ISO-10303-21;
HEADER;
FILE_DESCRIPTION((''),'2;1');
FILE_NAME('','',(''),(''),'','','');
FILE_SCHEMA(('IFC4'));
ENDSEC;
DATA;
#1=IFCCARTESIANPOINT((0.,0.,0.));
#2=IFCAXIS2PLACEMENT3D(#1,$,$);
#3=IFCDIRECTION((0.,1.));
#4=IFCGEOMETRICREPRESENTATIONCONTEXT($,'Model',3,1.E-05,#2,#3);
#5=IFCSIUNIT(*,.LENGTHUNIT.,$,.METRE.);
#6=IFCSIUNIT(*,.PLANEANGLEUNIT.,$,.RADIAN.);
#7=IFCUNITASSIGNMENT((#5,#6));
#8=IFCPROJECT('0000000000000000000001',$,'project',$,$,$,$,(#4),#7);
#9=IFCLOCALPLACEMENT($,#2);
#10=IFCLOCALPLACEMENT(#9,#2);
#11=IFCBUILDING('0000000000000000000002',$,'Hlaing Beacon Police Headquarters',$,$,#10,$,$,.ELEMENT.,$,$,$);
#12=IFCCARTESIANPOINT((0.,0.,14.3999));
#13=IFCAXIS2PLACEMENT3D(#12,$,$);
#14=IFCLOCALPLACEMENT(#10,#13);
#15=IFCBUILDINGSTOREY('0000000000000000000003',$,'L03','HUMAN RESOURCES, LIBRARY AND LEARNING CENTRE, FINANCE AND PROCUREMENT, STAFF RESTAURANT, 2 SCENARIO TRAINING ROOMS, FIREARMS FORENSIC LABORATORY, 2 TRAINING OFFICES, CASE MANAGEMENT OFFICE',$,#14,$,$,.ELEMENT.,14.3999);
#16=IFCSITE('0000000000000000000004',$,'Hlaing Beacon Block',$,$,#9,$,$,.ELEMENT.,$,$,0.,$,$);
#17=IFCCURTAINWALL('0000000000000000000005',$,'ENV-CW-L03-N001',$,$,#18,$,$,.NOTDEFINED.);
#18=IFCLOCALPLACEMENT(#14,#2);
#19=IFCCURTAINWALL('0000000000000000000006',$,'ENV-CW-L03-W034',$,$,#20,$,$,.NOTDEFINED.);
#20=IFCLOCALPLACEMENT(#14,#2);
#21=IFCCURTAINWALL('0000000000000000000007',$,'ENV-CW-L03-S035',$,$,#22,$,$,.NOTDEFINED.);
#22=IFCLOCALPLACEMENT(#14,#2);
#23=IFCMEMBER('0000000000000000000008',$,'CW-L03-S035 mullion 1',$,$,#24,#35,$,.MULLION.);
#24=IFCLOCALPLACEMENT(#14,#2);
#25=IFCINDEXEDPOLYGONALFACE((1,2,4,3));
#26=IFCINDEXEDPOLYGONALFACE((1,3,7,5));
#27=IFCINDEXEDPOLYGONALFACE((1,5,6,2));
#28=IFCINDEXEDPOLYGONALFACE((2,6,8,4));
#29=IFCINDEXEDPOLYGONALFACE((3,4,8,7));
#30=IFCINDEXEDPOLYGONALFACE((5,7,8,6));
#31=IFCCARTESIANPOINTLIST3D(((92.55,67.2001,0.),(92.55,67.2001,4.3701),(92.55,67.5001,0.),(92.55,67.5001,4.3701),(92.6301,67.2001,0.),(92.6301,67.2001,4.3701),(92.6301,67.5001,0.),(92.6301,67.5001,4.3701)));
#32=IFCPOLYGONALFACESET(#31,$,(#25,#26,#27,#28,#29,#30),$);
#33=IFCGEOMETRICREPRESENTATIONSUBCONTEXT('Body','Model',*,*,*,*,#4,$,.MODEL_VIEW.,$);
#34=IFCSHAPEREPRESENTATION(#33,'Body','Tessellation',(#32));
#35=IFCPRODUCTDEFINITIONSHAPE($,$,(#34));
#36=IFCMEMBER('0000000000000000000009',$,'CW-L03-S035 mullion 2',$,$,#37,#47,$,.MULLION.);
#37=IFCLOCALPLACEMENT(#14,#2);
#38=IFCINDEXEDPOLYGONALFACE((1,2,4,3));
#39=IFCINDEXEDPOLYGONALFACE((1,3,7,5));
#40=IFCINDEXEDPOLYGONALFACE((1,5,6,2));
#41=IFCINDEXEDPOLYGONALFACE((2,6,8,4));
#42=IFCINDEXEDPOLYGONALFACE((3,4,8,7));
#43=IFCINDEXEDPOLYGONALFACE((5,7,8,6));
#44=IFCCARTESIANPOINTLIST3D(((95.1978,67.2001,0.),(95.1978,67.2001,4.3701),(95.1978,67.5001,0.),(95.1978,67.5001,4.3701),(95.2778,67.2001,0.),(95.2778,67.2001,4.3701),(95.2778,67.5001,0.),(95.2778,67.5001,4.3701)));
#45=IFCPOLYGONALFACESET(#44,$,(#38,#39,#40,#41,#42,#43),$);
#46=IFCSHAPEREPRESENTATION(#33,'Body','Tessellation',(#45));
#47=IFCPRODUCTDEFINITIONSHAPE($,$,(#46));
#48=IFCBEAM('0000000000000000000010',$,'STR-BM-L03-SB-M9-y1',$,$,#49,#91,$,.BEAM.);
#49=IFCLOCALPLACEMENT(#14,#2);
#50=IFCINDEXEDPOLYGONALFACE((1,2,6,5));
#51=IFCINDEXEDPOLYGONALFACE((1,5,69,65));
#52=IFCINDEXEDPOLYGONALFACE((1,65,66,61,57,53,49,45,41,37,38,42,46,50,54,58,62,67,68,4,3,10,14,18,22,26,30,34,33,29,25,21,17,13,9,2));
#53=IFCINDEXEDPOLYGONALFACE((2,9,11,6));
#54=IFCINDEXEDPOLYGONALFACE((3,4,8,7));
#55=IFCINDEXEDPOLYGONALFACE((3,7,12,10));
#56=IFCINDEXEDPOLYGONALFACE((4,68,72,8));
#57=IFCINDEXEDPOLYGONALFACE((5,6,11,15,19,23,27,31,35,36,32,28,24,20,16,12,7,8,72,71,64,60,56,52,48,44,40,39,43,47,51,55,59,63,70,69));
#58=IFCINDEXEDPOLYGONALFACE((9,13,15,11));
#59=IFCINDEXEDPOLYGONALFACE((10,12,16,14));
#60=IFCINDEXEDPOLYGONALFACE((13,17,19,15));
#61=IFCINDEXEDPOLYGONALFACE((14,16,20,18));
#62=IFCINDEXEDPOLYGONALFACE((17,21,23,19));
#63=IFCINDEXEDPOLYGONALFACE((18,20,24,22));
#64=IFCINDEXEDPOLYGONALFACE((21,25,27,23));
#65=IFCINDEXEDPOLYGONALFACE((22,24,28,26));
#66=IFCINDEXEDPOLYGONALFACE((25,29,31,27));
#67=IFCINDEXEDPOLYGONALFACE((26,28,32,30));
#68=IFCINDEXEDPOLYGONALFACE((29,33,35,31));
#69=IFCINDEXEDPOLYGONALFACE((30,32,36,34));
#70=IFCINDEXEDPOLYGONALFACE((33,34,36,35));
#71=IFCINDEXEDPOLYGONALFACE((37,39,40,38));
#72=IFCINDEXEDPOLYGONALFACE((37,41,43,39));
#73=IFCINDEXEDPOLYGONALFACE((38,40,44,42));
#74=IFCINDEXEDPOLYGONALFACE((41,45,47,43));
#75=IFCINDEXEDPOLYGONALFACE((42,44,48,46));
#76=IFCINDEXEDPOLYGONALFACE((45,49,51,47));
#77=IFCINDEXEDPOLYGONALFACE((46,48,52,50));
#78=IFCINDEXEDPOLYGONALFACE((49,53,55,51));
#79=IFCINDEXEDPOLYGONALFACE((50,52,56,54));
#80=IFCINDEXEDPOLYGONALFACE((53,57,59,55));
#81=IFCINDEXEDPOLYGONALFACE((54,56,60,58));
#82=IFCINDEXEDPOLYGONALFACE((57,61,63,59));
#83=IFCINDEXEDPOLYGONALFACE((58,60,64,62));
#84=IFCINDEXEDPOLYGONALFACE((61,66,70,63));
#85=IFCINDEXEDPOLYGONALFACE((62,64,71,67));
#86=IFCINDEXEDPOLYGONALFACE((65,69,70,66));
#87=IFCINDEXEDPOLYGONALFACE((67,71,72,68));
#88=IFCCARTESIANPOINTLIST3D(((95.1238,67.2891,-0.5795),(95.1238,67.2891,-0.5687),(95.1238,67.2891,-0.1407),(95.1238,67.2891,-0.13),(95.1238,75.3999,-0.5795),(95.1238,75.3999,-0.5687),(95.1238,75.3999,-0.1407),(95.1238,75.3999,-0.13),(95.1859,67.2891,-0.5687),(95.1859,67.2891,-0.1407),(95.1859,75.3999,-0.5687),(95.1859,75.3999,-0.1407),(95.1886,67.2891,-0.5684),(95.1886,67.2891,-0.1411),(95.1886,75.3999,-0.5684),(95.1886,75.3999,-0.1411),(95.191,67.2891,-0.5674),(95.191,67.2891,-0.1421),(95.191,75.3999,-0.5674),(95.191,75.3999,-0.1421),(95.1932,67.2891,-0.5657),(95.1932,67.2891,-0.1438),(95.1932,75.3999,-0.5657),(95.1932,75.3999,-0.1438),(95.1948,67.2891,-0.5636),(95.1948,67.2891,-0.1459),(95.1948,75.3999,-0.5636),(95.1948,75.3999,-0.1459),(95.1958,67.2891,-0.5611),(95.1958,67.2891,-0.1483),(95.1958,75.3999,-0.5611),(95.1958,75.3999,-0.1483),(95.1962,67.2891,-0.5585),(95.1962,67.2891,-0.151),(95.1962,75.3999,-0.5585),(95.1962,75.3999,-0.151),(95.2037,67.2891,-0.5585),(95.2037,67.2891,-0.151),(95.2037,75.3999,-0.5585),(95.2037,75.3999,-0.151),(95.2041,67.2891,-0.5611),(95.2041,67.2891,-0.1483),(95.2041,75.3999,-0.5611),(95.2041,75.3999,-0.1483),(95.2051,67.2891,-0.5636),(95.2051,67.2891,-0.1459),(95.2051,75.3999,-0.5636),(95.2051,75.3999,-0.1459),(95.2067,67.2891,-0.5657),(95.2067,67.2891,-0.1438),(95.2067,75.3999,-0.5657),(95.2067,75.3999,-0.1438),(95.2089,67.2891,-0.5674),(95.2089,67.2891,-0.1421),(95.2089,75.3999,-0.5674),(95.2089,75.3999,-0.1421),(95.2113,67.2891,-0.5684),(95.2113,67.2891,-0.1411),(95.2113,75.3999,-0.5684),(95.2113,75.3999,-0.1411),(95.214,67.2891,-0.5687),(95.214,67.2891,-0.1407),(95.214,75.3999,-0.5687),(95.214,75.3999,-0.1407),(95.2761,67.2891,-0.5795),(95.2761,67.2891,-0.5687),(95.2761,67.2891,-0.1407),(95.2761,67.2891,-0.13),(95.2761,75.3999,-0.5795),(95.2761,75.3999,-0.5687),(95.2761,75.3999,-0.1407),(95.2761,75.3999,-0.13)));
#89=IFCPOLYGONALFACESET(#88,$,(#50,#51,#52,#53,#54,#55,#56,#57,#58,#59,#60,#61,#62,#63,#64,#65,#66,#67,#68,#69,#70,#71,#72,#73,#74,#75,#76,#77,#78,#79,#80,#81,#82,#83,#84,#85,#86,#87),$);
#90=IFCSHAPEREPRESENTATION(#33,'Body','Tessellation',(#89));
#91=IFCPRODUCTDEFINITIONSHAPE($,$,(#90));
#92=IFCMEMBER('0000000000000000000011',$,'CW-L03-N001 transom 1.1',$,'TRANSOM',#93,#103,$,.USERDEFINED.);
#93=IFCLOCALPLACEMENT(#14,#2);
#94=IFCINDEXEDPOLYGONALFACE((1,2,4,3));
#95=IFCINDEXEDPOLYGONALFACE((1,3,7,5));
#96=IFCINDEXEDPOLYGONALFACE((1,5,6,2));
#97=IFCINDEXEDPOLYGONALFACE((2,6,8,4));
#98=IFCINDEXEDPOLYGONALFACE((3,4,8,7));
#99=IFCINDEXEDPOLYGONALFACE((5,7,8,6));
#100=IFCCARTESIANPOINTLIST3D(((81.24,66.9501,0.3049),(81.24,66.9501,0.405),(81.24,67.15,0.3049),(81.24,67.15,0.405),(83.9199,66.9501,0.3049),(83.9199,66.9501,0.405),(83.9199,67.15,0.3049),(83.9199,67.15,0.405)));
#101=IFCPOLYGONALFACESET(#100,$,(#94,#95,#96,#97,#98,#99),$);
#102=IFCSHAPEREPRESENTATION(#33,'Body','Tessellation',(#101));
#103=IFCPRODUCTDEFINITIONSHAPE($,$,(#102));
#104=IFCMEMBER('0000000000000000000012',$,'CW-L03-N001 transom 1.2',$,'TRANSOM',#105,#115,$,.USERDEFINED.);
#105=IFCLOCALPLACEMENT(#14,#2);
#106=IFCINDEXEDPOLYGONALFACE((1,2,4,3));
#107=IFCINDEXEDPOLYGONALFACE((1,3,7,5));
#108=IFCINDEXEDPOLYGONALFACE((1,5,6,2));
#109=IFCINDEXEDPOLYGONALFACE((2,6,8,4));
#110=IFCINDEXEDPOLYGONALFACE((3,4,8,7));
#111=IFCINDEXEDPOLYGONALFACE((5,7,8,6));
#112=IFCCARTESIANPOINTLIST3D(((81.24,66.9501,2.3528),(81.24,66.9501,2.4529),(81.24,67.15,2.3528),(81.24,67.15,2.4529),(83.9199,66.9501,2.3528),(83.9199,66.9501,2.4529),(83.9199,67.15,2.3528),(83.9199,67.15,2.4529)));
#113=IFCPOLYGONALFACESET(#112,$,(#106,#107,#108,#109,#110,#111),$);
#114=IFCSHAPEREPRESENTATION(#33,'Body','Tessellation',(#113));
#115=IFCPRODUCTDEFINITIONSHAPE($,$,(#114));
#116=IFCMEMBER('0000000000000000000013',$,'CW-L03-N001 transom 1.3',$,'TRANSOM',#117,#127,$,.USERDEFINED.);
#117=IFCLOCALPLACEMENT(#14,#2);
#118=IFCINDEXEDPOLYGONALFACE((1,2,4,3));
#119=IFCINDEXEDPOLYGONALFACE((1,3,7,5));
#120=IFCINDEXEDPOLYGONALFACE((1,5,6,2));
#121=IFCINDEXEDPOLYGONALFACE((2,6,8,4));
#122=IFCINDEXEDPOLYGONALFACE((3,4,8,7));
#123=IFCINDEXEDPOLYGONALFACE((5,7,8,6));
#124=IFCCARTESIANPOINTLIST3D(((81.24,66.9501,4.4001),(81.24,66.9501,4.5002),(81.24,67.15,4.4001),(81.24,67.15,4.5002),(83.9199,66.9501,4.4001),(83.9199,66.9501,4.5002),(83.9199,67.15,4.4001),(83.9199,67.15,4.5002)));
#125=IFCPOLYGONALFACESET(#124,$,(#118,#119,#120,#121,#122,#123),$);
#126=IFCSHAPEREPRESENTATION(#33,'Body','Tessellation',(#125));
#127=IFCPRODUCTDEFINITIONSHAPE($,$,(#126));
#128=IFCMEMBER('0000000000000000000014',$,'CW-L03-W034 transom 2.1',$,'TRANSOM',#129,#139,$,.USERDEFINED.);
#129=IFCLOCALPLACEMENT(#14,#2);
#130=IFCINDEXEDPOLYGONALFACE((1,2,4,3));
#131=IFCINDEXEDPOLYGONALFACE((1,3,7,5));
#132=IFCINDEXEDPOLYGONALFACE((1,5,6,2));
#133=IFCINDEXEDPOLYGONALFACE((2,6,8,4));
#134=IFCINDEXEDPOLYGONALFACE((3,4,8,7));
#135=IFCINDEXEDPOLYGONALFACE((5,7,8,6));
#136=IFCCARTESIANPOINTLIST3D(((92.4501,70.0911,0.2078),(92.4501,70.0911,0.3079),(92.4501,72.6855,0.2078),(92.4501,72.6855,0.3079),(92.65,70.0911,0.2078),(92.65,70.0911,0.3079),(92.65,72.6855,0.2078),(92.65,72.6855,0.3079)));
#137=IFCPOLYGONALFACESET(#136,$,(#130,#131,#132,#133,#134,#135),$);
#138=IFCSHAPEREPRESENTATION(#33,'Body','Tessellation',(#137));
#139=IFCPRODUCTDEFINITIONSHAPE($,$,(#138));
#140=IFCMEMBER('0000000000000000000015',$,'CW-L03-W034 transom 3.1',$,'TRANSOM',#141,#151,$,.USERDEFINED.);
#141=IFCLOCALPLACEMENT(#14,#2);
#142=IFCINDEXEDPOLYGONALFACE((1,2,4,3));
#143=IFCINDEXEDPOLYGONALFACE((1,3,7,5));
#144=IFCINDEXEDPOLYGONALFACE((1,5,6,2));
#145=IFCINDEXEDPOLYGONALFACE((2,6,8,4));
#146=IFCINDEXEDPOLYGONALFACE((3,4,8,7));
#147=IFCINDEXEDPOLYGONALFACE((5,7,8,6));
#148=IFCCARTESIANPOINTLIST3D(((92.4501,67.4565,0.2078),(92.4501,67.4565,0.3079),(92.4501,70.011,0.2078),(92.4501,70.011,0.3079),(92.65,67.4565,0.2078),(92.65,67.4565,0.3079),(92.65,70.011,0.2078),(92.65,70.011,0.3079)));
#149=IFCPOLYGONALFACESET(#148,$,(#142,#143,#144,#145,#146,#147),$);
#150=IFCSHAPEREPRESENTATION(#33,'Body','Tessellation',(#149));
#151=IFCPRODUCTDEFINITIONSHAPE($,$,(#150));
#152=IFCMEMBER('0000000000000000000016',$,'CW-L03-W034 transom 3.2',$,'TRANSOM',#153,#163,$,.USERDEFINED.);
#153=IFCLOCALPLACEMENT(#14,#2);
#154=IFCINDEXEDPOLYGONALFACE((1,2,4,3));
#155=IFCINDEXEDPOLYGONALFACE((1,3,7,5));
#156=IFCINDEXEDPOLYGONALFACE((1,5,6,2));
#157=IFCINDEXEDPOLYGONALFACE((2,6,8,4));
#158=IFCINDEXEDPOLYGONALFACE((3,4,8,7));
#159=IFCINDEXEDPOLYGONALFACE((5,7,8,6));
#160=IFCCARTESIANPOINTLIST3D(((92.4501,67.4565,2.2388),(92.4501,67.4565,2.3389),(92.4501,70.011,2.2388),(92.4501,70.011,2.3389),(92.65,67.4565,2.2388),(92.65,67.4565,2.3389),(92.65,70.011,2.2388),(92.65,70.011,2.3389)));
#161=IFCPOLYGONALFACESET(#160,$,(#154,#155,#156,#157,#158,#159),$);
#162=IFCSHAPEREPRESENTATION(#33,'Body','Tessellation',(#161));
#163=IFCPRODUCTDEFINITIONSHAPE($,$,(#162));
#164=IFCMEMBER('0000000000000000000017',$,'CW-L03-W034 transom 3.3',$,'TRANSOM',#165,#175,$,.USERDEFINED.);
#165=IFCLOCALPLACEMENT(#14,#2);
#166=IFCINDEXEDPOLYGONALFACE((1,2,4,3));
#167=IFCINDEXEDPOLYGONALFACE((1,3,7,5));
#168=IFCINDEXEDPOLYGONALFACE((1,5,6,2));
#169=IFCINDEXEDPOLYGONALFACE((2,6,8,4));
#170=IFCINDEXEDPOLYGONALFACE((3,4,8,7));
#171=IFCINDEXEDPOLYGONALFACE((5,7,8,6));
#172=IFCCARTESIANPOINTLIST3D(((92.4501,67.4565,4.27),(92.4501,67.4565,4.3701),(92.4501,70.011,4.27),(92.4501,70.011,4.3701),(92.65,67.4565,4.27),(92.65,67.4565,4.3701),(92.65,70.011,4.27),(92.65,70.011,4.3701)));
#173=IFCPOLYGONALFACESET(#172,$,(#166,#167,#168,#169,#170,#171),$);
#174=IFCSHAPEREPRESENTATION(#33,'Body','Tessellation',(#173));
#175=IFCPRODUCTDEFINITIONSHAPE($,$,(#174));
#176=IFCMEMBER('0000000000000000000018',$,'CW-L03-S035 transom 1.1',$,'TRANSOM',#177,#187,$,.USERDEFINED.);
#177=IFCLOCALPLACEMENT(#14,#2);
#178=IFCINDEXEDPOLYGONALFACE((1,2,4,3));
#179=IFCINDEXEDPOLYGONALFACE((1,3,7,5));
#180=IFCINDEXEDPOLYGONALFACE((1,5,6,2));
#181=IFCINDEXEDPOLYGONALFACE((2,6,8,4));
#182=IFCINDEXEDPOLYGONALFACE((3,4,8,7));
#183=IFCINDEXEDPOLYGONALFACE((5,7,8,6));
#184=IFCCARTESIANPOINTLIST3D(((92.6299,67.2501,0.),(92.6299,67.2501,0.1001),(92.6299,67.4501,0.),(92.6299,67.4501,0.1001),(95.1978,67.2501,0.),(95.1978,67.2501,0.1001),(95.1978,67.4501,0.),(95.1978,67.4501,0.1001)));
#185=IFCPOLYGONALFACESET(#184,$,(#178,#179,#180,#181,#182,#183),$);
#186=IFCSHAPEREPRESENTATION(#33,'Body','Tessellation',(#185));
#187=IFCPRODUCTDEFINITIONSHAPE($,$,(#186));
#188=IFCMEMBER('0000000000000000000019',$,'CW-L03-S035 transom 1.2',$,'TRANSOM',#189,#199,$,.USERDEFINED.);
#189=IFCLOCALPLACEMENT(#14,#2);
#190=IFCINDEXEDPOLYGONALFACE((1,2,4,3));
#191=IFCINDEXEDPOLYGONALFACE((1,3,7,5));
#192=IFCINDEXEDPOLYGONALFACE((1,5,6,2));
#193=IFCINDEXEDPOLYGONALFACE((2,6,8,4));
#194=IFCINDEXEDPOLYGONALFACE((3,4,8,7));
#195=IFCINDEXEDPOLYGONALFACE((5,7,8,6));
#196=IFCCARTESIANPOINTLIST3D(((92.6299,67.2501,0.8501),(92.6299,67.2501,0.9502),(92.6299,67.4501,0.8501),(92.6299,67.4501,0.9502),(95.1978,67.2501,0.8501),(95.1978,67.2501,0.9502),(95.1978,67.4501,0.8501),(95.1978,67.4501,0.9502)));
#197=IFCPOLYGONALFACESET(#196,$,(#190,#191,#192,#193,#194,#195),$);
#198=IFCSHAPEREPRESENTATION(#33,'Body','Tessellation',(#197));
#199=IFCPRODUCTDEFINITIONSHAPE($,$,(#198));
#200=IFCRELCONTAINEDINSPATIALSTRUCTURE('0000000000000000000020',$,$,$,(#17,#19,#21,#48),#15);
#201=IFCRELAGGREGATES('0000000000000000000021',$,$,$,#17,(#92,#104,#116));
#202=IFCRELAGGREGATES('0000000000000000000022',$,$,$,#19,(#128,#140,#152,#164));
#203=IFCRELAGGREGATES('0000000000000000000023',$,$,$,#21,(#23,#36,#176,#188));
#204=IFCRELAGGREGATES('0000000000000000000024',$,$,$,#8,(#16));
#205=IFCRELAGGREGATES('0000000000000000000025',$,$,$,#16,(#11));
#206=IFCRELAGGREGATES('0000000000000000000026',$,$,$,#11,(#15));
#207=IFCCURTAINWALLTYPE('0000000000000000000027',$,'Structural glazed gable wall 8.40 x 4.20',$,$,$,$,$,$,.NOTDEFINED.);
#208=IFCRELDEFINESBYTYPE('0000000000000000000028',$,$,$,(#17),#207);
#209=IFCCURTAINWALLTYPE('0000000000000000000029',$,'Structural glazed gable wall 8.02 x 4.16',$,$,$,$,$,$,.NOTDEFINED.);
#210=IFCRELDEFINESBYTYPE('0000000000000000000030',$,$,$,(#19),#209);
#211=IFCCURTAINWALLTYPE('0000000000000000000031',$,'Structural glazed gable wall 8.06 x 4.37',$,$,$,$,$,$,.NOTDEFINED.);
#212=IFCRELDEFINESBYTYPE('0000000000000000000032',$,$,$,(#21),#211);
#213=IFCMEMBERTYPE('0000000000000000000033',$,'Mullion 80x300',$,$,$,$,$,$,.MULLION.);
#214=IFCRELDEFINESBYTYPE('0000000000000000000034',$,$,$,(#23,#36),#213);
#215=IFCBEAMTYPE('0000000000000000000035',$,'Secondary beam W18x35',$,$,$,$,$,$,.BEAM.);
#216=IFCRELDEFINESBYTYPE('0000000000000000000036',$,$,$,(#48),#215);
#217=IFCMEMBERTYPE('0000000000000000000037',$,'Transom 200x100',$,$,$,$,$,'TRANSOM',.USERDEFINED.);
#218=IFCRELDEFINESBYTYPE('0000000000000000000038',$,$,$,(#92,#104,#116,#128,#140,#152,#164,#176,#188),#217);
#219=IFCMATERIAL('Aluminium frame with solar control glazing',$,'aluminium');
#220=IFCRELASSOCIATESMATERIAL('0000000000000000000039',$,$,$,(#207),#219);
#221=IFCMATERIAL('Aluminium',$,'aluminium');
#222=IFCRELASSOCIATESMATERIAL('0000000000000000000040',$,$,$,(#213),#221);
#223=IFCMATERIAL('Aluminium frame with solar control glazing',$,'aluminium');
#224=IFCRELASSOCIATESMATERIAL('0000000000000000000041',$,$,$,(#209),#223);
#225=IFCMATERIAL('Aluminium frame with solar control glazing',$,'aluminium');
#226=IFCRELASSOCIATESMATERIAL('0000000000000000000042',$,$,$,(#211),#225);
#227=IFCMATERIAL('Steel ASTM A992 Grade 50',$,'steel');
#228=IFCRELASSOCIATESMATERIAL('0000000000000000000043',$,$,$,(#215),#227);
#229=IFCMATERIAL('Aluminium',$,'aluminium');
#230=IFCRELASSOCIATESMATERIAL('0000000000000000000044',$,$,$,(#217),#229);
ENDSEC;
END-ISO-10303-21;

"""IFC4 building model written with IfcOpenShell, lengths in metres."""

from ifc_helpers import new_model, si_unit, direction, frame, origin, origin_2d, place, context, subcontext, project, spatial, rectangle, i_section, extrude, material, material_profile, profile_set, type_object, element, aggregate, save


model = new_model("IFC4")

# Units and contexts
model_context = context("Model", 3, precision=1e-05, world=origin(), true_north=direction((0.0, 1.0)))
body_context = subcontext(model_context, "Body", "Model", "MODEL_VIEW")
ifc_project = project(units=[si_unit("LENGTHUNIT", "METRE"), si_unit("PLANEANGLEUNIT", "RADIAN")], contexts=[model_context])

# Site, building, storey
site_placement = place(None, origin())
site = spatial("IfcSite", under=ifc_project, at=site_placement, Name="Hlaing Beacon Block", CompositionType="ELEMENT", RefElevation=0.0)
building_placement = place(site_placement, origin())
building = spatial("IfcBuilding", under=site, at=building_placement, Name="Hlaing Beacon Police Headquarters", CompositionType="ELEMENT")
storey_placement = place(building_placement, frame((0.0, 0.0, 14.3999)))
storey = spatial("IfcBuildingStorey", under=building, at=storey_placement, Name="L03", Description="HUMAN RESOURCES, LIBRARY AND LEARNING CENTRE, FINANCE AND PROCUREMENT, STAFF RESTAURANT, 2 SCENARIO TRAINING ROOMS, FIREARMS FORENSIC LABORATORY, 2 TRAINING OFFICES, CASE MANAGEMENT OFFICE", CompositionType="ELEMENT", Elevation=14.3999)

# Curtain wall
ifc_material_1 = material(Name="Aluminium frame with solar control glazing", Category="aluminium")
curtain_wall_type_1 = type_object("IfcCurtainWallType", Name="Structural glazed gable wall 8.40 x 4.20", PredefinedType="NOTDEFINED", material=ifc_material_1)
curtain_wall_1_placement = place(storey_placement, origin())
curtain_wall_1 = element("IfcCurtainWall", 1, at=curtain_wall_1_placement, inside=storey, type_object=curtain_wall_type_1, Name="ENV-CW-L03-N001", PredefinedType="NOTDEFINED")
ifc_material_2 = material(Name="Aluminium", Category="aluminium")
ifc_material_profile_1 = material_profile(ifc_material_2, rectangle(XDim=0.3, YDim=0.0801, at=origin_2d()), Name="Mullion 80x300")
ifc_profile_set_1 = profile_set([ifc_material_profile_1], Name="Aluminium")
member_type_1 = type_object("IfcMemberType", Name="Mullion 80x300", PredefinedType="MULLION", material=ifc_profile_set_1)

# Curtain walls, members
ifc_material_3 = material(Name="Aluminium frame with solar control glazing", Category="aluminium")
curtain_wall_type_2 = type_object("IfcCurtainWallType", Name="Structural glazed gable wall 8.02 x 4.16", PredefinedType="NOTDEFINED", material=ifc_material_3)
curtain_wall_2_placement = place(storey_placement, origin())
curtain_wall_2 = element("IfcCurtainWall", 2, at=curtain_wall_2_placement, inside=storey, type_object=curtain_wall_type_2, Name="ENV-CW-L03-W034", PredefinedType="NOTDEFINED")
ifc_material_4 = material(Name="Aluminium frame with solar control glazing", Category="aluminium")
curtain_wall_type_3 = type_object("IfcCurtainWallType", Name="Structural glazed gable wall 8.06 x 4.37", PredefinedType="NOTDEFINED", material=ifc_material_4)
curtain_wall_3_placement = place(storey_placement, origin())
curtain_wall_3 = element("IfcCurtainWall", 3, at=curtain_wall_3_placement, inside=storey, type_object=curtain_wall_type_3, Name="ENV-CW-L03-S035", PredefinedType="NOTDEFINED")
member_1_placement = place(storey_placement, frame((92.5901, 67.3501, 0.0), z_axis=(0.0, 0.0, 1.0), x_axis=(0.0, 1.0, 0.0)))
member_1 = element("IfcMember", 4, at=member_1_placement, type_object=member_type_1, Name="CW-L03-S035 mullion 1", PredefinedType="MULLION", context=body_context, shape_type="SweptSolid", body=[
    extrude(rectangle(XDim=0.3, YDim=0.0801, at=origin_2d()), origin(), (0.0, 0.0, 1.0), 4.3701),
])
member_2_placement = place(storey_placement, frame((95.2378, 67.3501, 0.0), z_axis=(0.0, 0.0, 1.0), x_axis=(0.0, 1.0, 0.0)))
member_2 = element("IfcMember", 5, at=member_2_placement, type_object=member_type_1, Name="CW-L03-S035 mullion 2", PredefinedType="MULLION", context=body_context, shape_type="SweptSolid", body=[
    extrude(rectangle(XDim=0.3, YDim=0.0801, at=origin_2d()), origin(), (0.0, 0.0, 1.0), 4.3701),
])

# Beam
ifc_material_5 = material(Name="Steel ASTM A992 Grade 50", Category="steel")
ifc_material_profile_2 = material_profile(ifc_material_5, i_section(OverallWidth=0.1523, OverallDepth=0.4495, WebThickness=0.0076, FlangeThickness=0.0107, FilletRadius=0.0103, at=origin_2d()), Name="W18x35")
ifc_profile_set_2 = profile_set([ifc_material_profile_2], Name="Steel ASTM A992 Grade 50")
beam_type_1 = type_object("IfcBeamType", Name="Secondary beam W18x35", PredefinedType="BEAM", material=ifc_profile_set_2)
beam_1_placement = place(storey_placement, frame((95.2, 67.2891, -0.3547), z_axis=(0.0, 1.0, 0.0), x_axis=(-1.0, 0.0, 0.0)))
element("IfcBeam", 6, at=beam_1_placement, inside=storey, type_object=beam_type_1, Name="STR-BM-L03-SB-M9-y1", PredefinedType="BEAM", context=body_context, shape_type="SweptSolid", body=[
    extrude(i_section(OverallWidth=0.1523, OverallDepth=0.4495, WebThickness=0.0076, FlangeThickness=0.0107, FilletRadius=0.0103, at=origin_2d()), origin(), (0.0, 0.0, 1.0), 8.1108),
])

# Members
ifc_material_6 = material(Name="Aluminium", Category="aluminium")
ifc_material_profile_3 = material_profile(ifc_material_6, rectangle(XDim=0.2, YDim=0.1001, at=origin_2d()), Name="Transom 200x100")
ifc_profile_set_3 = profile_set([ifc_material_profile_3], Name="Aluminium")
member_type_2 = type_object("IfcMemberType", Name="Transom 200x100", ElementType="TRANSOM", PredefinedType="USERDEFINED", material=ifc_profile_set_3)
member_3_placement = place(storey_placement, frame((83.9199, 67.05, 0.355), z_axis=(-1.0, 0.0, 0.0), x_axis=(0.0, -1.0, 0.0)))
member_3 = element("IfcMember", 7, at=member_3_placement, type_object=member_type_2, Name="CW-L03-N001 transom 1.1", ObjectType="TRANSOM", PredefinedType="USERDEFINED", context=body_context, shape_type="SweptSolid", body=[
    extrude(rectangle(XDim=0.2, YDim=0.1001, at=origin_2d()), origin(), (0.0, 0.0, 1.0), 2.6799),
])
member_4_placement = place(storey_placement, frame((83.9199, 67.05, 2.4028), z_axis=(-1.0, 0.0, 0.0), x_axis=(0.0, -1.0, 0.0)))
member_4 = element("IfcMember", 8, at=member_4_placement, type_object=member_type_2, Name="CW-L03-N001 transom 1.2", ObjectType="TRANSOM", PredefinedType="USERDEFINED", context=body_context, shape_type="SweptSolid", body=[
    extrude(rectangle(XDim=0.2, YDim=0.1001, at=origin_2d()), origin(), (0.0, 0.0, 1.0), 2.6799),
])
member_5_placement = place(storey_placement, frame((83.9199, 67.05, 4.4502), z_axis=(-1.0, 0.0, 0.0), x_axis=(0.0, -1.0, 0.0)))
member_5 = element("IfcMember", 9, at=member_5_placement, type_object=member_type_2, Name="CW-L03-N001 transom 1.3", ObjectType="TRANSOM", PredefinedType="USERDEFINED", context=body_context, shape_type="SweptSolid", body=[
    extrude(rectangle(XDim=0.2, YDim=0.1001, at=origin_2d()), origin(), (0.0, 0.0, 1.0), 2.6799),
])
aggregate(curtain_wall_1, [member_3, member_4, member_5])
member_6_placement = place(storey_placement, frame((92.55, 72.6855, 0.2578), z_axis=(0.0, -1.0, 0.0), x_axis=(1.0, 0.0, 0.0)))
member_6 = element("IfcMember", 10, at=member_6_placement, type_object=member_type_2, Name="CW-L03-W034 transom 2.1", ObjectType="TRANSOM", PredefinedType="USERDEFINED", context=body_context, shape_type="SweptSolid", body=[
    extrude(rectangle(XDim=0.2, YDim=0.1001, at=origin_2d()), origin(), (0.0, 0.0, 1.0), 2.5945),
])
member_7_placement = place(storey_placement, frame((92.55, 70.011, 0.2578), z_axis=(0.0, -1.0, 0.0), x_axis=(1.0, 0.0, 0.0)))
member_7 = element("IfcMember", 11, at=member_7_placement, type_object=member_type_2, Name="CW-L03-W034 transom 3.1", ObjectType="TRANSOM", PredefinedType="USERDEFINED", context=body_context, shape_type="SweptSolid", body=[
    extrude(rectangle(XDim=0.2, YDim=0.1001, at=origin_2d()), origin(), (0.0, 0.0, 1.0), 2.5544),
])
member_8_placement = place(storey_placement, frame((92.55, 70.011, 2.2888), z_axis=(0.0, -1.0, 0.0), x_axis=(1.0, 0.0, 0.0)))
member_8 = element("IfcMember", 12, at=member_8_placement, type_object=member_type_2, Name="CW-L03-W034 transom 3.2", ObjectType="TRANSOM", PredefinedType="USERDEFINED", context=body_context, shape_type="SweptSolid", body=[
    extrude(rectangle(XDim=0.2, YDim=0.1001, at=origin_2d()), origin(), (0.0, 0.0, 1.0), 2.5544),
])
member_9_placement = place(storey_placement, frame((92.55, 70.011, 4.3201), z_axis=(0.0, -1.0, 0.0), x_axis=(1.0, 0.0, 0.0)))
member_9 = element("IfcMember", 13, at=member_9_placement, type_object=member_type_2, Name="CW-L03-W034 transom 3.3", ObjectType="TRANSOM", PredefinedType="USERDEFINED", context=body_context, shape_type="SweptSolid", body=[
    extrude(rectangle(XDim=0.2, YDim=0.1001, at=origin_2d()), origin(), (0.0, 0.0, 1.0), 2.5544),
])
member_10_placement = place(storey_placement, frame((92.6299, 67.3501, 0.05), z_axis=(1.0, 0.0, 0.0), x_axis=(0.0, 1.0, 0.0)))
member_10 = element("IfcMember", 14, at=member_10_placement, type_object=member_type_2, Name="CW-L03-S035 transom 1.1", ObjectType="TRANSOM", PredefinedType="USERDEFINED", context=body_context, shape_type="SweptSolid", body=[
    extrude(rectangle(XDim=0.2, YDim=0.1001, at=origin_2d()), origin(), (0.0, 0.0, 1.0), 2.5679),
])
member_11_placement = place(storey_placement, frame((92.6299, 67.3501, 0.9001), z_axis=(1.0, 0.0, 0.0), x_axis=(0.0, 1.0, 0.0)))
member_11 = element("IfcMember", 15, at=member_11_placement, type_object=member_type_2, Name="CW-L03-S035 transom 1.2", ObjectType="TRANSOM", PredefinedType="USERDEFINED", context=body_context, shape_type="SweptSolid", body=[
    extrude(rectangle(XDim=0.2, YDim=0.1001, at=origin_2d()), origin(), (0.0, 0.0, 1.0), 2.5679),
])

aggregate(curtain_wall_2, [member_6, member_7, member_8, member_9])
aggregate(curtain_wall_3, [member_1, member_2, member_10, member_11])

save(model, "model.ifc")
